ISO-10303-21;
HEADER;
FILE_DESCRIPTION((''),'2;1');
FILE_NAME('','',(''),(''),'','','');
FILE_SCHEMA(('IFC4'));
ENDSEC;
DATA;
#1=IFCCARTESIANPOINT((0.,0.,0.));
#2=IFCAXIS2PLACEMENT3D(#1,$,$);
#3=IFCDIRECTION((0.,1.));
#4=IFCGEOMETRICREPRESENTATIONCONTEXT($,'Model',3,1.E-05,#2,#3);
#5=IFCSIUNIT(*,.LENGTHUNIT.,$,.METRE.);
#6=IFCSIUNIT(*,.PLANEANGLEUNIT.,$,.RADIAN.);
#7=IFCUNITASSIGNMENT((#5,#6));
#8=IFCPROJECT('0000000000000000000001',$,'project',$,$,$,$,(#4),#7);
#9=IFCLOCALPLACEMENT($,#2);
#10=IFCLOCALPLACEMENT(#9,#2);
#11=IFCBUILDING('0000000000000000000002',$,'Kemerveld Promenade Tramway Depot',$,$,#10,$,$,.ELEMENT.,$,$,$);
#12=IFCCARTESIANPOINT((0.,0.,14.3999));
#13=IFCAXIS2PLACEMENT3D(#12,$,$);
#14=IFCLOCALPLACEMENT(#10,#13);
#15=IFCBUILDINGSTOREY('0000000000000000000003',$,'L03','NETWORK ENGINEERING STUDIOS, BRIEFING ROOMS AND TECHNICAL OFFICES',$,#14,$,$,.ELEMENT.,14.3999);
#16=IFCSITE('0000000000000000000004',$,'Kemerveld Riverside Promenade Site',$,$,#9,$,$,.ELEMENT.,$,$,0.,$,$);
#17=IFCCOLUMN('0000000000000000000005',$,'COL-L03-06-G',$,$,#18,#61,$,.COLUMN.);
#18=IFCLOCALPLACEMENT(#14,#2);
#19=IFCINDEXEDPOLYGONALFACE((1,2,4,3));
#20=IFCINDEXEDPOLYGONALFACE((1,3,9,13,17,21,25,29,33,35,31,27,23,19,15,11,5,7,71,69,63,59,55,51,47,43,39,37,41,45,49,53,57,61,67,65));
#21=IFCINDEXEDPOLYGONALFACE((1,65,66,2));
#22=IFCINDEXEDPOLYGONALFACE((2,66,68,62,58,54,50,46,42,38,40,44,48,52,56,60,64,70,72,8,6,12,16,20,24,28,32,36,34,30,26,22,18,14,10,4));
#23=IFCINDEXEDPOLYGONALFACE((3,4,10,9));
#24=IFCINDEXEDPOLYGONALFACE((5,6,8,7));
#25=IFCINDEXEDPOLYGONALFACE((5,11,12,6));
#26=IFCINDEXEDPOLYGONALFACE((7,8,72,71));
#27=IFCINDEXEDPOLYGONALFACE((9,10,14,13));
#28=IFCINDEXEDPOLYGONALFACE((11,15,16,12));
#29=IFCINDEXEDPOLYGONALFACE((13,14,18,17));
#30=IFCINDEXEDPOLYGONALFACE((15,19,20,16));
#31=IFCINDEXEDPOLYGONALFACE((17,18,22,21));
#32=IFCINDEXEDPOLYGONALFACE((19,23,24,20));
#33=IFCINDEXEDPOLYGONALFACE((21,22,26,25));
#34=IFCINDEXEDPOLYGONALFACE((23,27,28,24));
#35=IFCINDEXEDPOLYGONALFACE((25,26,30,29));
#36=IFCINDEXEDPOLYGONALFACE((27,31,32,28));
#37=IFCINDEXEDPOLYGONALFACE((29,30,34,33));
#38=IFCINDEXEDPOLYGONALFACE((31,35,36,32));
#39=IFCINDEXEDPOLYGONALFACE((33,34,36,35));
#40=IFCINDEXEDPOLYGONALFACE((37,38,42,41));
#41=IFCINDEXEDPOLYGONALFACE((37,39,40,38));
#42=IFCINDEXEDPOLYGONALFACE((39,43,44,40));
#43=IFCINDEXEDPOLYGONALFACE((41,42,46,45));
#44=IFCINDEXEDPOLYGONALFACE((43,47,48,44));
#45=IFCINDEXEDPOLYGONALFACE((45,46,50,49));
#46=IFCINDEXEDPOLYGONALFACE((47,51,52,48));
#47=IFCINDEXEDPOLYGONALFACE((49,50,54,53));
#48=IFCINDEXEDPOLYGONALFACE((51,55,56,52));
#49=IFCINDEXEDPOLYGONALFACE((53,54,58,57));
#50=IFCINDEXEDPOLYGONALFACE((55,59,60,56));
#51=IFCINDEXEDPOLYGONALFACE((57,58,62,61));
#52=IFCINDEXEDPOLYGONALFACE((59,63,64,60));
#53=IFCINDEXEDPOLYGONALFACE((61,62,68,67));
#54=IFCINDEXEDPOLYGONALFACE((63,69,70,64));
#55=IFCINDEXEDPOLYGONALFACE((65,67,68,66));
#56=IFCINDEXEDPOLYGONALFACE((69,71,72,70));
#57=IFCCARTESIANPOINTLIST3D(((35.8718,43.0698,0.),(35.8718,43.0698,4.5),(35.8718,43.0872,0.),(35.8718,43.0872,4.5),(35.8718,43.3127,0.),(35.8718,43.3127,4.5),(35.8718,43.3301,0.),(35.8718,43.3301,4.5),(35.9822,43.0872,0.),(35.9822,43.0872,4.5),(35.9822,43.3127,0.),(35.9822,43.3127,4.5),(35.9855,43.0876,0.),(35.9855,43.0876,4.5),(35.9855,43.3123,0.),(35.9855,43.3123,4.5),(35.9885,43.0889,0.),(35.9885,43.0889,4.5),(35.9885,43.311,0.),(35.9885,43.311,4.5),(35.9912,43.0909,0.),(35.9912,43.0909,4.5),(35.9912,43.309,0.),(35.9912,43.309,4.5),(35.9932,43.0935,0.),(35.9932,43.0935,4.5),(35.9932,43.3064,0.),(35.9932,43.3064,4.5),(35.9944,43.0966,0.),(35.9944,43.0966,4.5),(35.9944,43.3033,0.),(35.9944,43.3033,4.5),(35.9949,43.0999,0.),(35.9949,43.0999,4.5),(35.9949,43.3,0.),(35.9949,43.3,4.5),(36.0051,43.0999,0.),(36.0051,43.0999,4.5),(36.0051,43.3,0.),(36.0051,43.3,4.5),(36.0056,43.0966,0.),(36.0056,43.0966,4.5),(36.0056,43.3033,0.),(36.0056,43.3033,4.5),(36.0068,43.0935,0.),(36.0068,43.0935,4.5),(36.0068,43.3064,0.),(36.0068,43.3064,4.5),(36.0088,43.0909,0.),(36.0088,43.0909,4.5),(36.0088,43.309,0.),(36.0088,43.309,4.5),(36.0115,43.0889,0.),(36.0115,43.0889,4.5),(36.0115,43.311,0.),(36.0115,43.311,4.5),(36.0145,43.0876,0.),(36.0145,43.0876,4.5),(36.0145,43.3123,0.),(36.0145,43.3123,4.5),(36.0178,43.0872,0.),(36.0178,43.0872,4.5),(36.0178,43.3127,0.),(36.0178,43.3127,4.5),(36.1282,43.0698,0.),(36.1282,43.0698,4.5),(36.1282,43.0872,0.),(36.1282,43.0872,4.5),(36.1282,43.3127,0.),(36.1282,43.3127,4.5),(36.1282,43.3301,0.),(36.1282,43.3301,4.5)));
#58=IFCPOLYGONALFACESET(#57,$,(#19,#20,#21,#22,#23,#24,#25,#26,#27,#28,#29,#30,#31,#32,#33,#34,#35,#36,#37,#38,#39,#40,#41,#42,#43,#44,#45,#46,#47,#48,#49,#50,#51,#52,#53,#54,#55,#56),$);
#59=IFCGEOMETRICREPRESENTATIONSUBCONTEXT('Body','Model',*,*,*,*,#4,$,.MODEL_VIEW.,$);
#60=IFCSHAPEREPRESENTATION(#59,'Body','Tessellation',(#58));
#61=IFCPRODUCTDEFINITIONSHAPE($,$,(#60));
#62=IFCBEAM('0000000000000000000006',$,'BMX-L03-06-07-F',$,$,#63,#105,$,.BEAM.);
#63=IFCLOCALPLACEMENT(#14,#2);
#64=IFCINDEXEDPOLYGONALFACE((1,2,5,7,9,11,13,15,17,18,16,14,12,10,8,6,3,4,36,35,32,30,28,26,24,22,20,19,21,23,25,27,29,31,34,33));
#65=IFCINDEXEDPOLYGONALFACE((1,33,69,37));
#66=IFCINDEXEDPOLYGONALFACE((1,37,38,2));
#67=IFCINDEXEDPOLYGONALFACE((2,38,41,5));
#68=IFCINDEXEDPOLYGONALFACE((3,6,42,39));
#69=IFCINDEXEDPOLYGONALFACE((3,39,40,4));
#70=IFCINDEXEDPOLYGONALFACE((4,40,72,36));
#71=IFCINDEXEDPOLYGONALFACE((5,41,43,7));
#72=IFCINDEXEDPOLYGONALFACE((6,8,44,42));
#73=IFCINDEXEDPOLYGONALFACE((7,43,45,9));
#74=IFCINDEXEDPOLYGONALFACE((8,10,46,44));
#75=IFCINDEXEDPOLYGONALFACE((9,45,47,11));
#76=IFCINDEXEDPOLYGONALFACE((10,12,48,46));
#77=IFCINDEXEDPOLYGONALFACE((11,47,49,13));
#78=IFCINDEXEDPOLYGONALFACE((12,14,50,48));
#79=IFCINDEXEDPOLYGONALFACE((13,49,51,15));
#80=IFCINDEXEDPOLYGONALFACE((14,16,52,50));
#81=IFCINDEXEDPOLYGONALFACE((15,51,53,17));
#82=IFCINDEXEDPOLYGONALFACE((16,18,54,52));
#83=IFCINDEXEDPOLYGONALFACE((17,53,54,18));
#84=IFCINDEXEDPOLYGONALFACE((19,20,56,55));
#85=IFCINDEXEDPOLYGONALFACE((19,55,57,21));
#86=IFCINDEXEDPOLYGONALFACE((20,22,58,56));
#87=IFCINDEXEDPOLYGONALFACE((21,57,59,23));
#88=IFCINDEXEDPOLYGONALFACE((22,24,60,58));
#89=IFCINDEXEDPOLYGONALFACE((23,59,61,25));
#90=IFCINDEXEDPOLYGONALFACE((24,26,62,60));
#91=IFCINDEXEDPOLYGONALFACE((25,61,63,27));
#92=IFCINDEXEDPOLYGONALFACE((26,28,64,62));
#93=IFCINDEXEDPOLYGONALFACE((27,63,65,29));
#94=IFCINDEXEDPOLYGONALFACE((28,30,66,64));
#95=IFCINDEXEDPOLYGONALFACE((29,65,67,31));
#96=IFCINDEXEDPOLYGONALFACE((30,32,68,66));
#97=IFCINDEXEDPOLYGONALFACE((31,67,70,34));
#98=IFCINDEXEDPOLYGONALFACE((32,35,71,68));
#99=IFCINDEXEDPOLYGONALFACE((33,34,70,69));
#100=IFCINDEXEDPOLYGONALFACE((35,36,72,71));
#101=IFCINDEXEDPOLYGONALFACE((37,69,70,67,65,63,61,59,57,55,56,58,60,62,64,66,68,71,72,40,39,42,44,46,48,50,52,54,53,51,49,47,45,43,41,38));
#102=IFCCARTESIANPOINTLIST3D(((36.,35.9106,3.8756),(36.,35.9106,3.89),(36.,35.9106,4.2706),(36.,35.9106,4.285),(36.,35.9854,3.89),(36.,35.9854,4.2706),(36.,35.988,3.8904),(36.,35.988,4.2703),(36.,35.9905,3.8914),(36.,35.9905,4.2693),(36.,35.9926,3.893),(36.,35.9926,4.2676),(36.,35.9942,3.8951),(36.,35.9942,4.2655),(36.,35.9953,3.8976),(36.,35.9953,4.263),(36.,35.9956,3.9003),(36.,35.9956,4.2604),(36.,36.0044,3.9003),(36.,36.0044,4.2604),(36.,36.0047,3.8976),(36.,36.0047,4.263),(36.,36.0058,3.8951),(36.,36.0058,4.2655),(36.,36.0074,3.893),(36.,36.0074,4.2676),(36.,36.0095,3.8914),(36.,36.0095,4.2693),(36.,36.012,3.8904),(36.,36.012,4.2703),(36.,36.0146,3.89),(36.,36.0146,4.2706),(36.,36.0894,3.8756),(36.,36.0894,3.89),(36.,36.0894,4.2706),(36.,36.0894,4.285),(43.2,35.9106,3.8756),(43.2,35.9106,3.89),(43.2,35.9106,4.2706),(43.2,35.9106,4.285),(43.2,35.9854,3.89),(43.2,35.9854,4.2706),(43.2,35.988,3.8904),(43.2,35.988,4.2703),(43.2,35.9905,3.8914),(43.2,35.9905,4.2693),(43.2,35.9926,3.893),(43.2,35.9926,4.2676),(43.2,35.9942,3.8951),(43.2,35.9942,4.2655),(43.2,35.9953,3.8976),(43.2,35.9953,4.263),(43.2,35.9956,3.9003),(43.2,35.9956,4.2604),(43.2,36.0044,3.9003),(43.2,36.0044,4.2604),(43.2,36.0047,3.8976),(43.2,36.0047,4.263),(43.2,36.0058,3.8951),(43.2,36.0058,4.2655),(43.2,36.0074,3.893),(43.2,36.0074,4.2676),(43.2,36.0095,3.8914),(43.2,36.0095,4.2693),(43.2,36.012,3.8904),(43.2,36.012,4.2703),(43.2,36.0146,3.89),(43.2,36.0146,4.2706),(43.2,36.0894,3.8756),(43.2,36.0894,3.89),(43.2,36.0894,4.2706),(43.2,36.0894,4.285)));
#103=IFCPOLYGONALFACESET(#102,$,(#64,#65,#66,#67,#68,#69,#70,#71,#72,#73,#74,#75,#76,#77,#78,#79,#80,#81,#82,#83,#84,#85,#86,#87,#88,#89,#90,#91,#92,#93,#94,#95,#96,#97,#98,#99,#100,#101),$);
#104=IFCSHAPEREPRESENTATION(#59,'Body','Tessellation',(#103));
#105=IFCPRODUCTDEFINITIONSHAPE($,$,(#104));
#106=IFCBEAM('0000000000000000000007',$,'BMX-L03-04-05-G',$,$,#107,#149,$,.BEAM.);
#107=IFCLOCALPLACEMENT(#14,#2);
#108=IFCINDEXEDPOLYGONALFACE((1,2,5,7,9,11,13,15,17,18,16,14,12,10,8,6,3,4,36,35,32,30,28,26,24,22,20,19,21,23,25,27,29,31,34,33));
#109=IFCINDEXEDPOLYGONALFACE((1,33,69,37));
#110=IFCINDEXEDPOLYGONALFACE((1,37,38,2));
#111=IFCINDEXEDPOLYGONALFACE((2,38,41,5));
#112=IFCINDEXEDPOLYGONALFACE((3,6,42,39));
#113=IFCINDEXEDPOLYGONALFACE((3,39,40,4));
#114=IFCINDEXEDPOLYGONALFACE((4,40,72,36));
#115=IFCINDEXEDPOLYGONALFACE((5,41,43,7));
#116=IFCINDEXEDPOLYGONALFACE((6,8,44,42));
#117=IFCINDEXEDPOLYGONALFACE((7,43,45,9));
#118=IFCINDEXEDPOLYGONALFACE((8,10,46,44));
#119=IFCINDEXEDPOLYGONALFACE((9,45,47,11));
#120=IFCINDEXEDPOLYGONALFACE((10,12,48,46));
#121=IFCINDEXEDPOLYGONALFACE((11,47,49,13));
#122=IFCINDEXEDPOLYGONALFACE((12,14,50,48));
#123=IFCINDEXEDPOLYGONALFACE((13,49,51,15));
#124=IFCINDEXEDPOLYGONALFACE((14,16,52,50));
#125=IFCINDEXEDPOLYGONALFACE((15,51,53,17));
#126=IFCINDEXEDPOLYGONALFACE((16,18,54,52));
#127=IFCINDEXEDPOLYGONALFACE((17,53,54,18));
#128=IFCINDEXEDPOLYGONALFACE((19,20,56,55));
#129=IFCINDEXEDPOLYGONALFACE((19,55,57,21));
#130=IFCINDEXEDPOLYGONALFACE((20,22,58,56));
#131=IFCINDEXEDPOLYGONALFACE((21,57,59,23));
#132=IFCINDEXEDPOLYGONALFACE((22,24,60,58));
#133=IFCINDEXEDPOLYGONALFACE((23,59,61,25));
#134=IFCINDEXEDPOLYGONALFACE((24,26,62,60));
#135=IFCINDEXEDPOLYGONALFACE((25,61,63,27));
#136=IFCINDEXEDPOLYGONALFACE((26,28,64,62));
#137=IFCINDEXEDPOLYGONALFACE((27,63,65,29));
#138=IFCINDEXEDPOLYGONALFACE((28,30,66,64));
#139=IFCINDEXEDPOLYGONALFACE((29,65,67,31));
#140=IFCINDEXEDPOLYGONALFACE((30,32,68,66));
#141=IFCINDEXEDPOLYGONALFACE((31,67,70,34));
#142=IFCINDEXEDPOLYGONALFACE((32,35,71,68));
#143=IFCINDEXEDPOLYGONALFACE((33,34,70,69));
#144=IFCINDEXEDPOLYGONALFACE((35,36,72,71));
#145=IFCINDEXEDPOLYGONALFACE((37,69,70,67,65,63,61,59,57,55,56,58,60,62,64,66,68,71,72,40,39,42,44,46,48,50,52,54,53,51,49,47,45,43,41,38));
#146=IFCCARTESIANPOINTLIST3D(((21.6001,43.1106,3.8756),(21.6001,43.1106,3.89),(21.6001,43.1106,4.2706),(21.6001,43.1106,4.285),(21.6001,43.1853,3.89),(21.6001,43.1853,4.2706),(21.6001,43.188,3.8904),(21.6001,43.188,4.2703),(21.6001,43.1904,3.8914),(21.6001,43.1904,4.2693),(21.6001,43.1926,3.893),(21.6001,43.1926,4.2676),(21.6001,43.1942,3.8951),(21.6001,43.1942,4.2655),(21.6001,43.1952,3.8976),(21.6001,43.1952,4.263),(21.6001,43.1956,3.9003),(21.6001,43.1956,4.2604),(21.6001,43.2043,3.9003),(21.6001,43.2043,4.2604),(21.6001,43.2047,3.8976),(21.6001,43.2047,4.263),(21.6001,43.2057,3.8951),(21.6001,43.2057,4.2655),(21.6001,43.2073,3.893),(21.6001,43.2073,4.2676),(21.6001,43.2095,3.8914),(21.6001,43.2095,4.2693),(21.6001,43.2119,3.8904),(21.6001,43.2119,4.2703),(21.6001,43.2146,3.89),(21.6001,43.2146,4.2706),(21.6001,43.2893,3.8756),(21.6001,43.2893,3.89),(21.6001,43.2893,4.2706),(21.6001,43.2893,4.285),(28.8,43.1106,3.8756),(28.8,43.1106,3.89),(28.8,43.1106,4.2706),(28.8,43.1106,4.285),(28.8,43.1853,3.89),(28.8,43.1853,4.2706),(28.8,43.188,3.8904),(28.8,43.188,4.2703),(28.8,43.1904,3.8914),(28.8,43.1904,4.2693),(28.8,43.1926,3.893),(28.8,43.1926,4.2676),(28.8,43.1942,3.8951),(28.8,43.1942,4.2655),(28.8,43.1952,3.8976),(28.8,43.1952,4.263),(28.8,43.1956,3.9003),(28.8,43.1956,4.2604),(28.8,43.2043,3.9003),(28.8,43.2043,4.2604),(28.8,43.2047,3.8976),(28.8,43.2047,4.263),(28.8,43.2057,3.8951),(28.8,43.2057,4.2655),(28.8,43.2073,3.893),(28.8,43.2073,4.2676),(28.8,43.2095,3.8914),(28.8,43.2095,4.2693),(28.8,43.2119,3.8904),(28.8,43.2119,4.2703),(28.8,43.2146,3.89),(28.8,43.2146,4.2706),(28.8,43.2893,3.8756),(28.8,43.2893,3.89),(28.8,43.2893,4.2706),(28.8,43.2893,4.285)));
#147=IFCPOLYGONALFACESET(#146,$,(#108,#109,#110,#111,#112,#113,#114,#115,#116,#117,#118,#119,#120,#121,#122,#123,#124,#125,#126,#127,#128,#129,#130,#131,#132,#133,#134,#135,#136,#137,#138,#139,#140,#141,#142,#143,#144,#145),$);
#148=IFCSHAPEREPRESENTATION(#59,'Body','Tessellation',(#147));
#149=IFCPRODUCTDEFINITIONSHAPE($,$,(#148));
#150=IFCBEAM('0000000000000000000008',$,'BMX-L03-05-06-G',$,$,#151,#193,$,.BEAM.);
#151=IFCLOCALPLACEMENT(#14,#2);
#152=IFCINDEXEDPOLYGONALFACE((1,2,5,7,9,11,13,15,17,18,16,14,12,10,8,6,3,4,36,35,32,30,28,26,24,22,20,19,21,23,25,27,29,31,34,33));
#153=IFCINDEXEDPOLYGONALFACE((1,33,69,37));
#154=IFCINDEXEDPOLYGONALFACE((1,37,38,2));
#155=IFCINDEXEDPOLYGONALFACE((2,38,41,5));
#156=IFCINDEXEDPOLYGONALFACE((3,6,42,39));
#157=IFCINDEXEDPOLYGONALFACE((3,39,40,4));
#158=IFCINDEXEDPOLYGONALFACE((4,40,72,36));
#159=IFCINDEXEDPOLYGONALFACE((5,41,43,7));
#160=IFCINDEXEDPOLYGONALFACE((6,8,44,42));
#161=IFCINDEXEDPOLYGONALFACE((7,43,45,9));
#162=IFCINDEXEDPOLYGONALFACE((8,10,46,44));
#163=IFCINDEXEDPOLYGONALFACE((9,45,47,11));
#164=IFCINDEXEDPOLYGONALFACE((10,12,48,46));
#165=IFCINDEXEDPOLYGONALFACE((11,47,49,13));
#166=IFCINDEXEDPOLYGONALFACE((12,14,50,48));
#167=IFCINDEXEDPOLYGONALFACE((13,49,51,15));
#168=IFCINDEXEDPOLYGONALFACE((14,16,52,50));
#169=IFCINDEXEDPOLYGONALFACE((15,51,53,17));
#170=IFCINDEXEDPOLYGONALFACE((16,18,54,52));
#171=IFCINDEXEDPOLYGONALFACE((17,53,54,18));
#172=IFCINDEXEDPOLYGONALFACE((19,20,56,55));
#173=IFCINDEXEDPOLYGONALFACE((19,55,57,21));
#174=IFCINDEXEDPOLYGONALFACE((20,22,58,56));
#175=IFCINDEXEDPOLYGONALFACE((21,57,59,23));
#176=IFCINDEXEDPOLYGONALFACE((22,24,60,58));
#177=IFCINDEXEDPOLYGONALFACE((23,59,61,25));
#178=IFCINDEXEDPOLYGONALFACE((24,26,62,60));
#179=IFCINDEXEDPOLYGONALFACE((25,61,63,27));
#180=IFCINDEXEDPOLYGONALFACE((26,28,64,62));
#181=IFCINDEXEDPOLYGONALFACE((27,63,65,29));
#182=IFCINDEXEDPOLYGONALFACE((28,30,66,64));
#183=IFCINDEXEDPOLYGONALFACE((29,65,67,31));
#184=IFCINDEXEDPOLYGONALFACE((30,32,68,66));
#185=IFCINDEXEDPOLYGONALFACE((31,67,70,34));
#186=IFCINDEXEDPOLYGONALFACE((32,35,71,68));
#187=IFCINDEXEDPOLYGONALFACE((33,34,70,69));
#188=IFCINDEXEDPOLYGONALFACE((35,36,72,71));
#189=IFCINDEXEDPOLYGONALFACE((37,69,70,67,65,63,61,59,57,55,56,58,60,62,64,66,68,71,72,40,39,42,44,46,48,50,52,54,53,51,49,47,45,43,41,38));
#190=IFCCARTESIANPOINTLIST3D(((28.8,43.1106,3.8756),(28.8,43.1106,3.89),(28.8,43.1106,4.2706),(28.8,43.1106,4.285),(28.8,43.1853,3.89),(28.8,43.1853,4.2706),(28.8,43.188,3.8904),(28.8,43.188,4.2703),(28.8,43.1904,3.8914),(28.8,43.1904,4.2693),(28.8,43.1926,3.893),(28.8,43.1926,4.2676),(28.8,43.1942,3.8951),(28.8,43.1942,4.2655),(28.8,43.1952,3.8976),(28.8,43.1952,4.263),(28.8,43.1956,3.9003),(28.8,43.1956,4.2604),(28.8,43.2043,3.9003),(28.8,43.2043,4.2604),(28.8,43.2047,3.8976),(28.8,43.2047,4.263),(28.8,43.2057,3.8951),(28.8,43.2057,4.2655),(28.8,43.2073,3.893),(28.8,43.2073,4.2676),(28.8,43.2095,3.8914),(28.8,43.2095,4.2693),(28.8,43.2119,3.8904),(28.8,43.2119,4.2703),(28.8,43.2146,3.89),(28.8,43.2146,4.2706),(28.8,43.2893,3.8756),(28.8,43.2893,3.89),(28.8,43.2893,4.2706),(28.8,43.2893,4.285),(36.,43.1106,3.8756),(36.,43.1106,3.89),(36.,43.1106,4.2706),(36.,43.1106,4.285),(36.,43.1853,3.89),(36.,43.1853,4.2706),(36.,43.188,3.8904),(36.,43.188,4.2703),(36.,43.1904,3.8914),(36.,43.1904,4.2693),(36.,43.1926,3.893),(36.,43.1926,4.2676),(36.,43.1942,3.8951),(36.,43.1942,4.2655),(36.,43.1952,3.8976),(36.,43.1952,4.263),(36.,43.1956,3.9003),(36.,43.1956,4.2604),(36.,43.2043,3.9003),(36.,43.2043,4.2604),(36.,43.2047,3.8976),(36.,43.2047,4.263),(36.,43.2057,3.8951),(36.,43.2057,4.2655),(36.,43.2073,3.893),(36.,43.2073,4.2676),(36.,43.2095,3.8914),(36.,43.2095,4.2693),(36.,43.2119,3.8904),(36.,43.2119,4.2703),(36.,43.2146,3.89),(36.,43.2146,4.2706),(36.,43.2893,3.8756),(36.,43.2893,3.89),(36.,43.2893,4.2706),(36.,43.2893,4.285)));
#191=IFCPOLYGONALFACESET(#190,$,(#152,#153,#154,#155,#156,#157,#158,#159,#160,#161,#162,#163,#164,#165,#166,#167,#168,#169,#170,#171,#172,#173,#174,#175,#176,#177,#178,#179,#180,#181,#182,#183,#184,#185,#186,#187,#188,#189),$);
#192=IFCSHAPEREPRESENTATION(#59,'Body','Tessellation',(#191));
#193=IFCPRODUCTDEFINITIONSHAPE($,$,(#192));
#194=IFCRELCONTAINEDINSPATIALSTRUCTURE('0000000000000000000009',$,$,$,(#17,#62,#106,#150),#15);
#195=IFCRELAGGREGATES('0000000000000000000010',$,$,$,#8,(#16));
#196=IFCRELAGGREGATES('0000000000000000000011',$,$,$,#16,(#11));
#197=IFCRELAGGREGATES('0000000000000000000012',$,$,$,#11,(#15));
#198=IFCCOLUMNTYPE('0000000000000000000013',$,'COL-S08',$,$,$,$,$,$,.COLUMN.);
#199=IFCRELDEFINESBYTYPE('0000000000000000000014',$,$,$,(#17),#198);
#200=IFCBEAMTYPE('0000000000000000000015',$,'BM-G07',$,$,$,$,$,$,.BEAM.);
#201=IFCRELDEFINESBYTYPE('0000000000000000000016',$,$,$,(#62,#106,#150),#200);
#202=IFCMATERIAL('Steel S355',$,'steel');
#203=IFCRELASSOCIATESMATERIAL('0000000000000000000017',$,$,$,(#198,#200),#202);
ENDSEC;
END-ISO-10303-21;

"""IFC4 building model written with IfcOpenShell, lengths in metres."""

from ifc_helpers import new_model, si_unit, direction, frame, origin, origin_2d, place, context, subcontext, project, spatial, i_section, extrude, material, material_profile, profile_set, type_object, element, save


model = new_model("IFC4")

# Units and contexts
model_context = context("Model", 3, precision=1e-05, world=origin(), true_north=direction((0.0, 1.0)))
body_context = subcontext(model_context, "Body", "Model", "MODEL_VIEW")
ifc_project = project(units=[si_unit("LENGTHUNIT", "METRE"), si_unit("PLANEANGLEUNIT", "RADIAN")], contexts=[model_context])

# Site, building, storey
site_placement = place(None, origin())
site = spatial("IfcSite", under=ifc_project, at=site_placement, Name="Kemerveld Riverside Promenade Site", CompositionType="ELEMENT", RefElevation=0.0)
building_placement = place(site_placement, origin())
building = spatial("IfcBuilding", under=site, at=building_placement, Name="Kemerveld Promenade Tramway Depot", CompositionType="ELEMENT")
storey_placement = place(building_placement, frame((0.0, 0.0, 14.3999)))
storey = spatial("IfcBuildingStorey", under=building, at=storey_placement, Name="L03", Description="NETWORK ENGINEERING STUDIOS, BRIEFING ROOMS AND TECHNICAL OFFICES", CompositionType="ELEMENT", Elevation=14.3999)

# Column
ifc_material = material(Name="Steel S355", Category="steel")
ifc_material_profile_1 = material_profile(ifc_material, i_section(OverallWidth=0.2563, OverallDepth=0.2603, WebThickness=0.0103, FlangeThickness=0.0173, FilletRadius=0.0127, at=origin_2d()), Name="254x254x89 UC")
ifc_profile_set_1 = profile_set([ifc_material_profile_1], Name="Steel S355")
column_type = type_object("IfcColumnType", Name="COL-S08", PredefinedType="COLUMN", material=ifc_profile_set_1)
for number, where, z_axis, x_axis, name in (
    (1, (36.0, 43.2, 0.0), (0.0, 0.0, 1.0), (1.0, 0.0, 0.0), "COL-L03-06-G"),
):
    element("IfcColumn", number, at=place(storey_placement, frame(where, z_axis=z_axis, x_axis=x_axis)), inside=storey, type_object=column_type, Name=name, PredefinedType="COLUMN", context=body_context, shape_type="SweptSolid", body=[
        extrude(i_section(OverallWidth=0.2563, OverallDepth=0.2603, WebThickness=0.0103, FlangeThickness=0.0173, FilletRadius=0.0127, at=origin_2d()), origin(), (0.0, 0.0, 1.0), 4.5),
    ])

# Beams
ifc_material_profile_2 = material_profile(ifc_material, i_section(OverallWidth=0.1787, OverallDepth=0.4094, WebThickness=0.0088, FlangeThickness=0.0144, FilletRadius=0.0103, at=origin_2d()), Name="406x178x67 UB")
ifc_profile_set_2 = profile_set([ifc_material_profile_2], Name="Steel S355")
beam_type_1 = type_object("IfcBeamType", Name="BM-G07", PredefinedType="BEAM", material=ifc_profile_set_2)
for number, where, z_axis, x_axis, name in (
    (2, (36.0, 36.0, 4.0803), (1.0, 0.0, 0.0), (0.0, 1.0, 0.0), "BMX-L03-06-07-F"),
    (3, (21.6001, 43.2, 4.0803), (1.0, 0.0, 0.0), (0.0, 1.0, 0.0), "BMX-L03-04-05-G"),
    (4, (28.8, 43.2, 4.0803), (1.0, 0.0, 0.0), (0.0, 1.0, 0.0), "BMX-L03-05-06-G"),
):
    element("IfcBeam", number, at=place(storey_placement, frame(where, z_axis=z_axis, x_axis=x_axis)), inside=storey, type_object=beam_type_1, Name=name, PredefinedType="BEAM", context=body_context, shape_type="SweptSolid", body=[
        extrude(i_section(OverallWidth=0.1787, OverallDepth=0.4094, WebThickness=0.0088, FlangeThickness=0.0144, FilletRadius=0.0103, at=origin_2d()), origin(), (0.0, 0.0, 1.0), 7.2),
    ])

save(model, "model.ifc")
